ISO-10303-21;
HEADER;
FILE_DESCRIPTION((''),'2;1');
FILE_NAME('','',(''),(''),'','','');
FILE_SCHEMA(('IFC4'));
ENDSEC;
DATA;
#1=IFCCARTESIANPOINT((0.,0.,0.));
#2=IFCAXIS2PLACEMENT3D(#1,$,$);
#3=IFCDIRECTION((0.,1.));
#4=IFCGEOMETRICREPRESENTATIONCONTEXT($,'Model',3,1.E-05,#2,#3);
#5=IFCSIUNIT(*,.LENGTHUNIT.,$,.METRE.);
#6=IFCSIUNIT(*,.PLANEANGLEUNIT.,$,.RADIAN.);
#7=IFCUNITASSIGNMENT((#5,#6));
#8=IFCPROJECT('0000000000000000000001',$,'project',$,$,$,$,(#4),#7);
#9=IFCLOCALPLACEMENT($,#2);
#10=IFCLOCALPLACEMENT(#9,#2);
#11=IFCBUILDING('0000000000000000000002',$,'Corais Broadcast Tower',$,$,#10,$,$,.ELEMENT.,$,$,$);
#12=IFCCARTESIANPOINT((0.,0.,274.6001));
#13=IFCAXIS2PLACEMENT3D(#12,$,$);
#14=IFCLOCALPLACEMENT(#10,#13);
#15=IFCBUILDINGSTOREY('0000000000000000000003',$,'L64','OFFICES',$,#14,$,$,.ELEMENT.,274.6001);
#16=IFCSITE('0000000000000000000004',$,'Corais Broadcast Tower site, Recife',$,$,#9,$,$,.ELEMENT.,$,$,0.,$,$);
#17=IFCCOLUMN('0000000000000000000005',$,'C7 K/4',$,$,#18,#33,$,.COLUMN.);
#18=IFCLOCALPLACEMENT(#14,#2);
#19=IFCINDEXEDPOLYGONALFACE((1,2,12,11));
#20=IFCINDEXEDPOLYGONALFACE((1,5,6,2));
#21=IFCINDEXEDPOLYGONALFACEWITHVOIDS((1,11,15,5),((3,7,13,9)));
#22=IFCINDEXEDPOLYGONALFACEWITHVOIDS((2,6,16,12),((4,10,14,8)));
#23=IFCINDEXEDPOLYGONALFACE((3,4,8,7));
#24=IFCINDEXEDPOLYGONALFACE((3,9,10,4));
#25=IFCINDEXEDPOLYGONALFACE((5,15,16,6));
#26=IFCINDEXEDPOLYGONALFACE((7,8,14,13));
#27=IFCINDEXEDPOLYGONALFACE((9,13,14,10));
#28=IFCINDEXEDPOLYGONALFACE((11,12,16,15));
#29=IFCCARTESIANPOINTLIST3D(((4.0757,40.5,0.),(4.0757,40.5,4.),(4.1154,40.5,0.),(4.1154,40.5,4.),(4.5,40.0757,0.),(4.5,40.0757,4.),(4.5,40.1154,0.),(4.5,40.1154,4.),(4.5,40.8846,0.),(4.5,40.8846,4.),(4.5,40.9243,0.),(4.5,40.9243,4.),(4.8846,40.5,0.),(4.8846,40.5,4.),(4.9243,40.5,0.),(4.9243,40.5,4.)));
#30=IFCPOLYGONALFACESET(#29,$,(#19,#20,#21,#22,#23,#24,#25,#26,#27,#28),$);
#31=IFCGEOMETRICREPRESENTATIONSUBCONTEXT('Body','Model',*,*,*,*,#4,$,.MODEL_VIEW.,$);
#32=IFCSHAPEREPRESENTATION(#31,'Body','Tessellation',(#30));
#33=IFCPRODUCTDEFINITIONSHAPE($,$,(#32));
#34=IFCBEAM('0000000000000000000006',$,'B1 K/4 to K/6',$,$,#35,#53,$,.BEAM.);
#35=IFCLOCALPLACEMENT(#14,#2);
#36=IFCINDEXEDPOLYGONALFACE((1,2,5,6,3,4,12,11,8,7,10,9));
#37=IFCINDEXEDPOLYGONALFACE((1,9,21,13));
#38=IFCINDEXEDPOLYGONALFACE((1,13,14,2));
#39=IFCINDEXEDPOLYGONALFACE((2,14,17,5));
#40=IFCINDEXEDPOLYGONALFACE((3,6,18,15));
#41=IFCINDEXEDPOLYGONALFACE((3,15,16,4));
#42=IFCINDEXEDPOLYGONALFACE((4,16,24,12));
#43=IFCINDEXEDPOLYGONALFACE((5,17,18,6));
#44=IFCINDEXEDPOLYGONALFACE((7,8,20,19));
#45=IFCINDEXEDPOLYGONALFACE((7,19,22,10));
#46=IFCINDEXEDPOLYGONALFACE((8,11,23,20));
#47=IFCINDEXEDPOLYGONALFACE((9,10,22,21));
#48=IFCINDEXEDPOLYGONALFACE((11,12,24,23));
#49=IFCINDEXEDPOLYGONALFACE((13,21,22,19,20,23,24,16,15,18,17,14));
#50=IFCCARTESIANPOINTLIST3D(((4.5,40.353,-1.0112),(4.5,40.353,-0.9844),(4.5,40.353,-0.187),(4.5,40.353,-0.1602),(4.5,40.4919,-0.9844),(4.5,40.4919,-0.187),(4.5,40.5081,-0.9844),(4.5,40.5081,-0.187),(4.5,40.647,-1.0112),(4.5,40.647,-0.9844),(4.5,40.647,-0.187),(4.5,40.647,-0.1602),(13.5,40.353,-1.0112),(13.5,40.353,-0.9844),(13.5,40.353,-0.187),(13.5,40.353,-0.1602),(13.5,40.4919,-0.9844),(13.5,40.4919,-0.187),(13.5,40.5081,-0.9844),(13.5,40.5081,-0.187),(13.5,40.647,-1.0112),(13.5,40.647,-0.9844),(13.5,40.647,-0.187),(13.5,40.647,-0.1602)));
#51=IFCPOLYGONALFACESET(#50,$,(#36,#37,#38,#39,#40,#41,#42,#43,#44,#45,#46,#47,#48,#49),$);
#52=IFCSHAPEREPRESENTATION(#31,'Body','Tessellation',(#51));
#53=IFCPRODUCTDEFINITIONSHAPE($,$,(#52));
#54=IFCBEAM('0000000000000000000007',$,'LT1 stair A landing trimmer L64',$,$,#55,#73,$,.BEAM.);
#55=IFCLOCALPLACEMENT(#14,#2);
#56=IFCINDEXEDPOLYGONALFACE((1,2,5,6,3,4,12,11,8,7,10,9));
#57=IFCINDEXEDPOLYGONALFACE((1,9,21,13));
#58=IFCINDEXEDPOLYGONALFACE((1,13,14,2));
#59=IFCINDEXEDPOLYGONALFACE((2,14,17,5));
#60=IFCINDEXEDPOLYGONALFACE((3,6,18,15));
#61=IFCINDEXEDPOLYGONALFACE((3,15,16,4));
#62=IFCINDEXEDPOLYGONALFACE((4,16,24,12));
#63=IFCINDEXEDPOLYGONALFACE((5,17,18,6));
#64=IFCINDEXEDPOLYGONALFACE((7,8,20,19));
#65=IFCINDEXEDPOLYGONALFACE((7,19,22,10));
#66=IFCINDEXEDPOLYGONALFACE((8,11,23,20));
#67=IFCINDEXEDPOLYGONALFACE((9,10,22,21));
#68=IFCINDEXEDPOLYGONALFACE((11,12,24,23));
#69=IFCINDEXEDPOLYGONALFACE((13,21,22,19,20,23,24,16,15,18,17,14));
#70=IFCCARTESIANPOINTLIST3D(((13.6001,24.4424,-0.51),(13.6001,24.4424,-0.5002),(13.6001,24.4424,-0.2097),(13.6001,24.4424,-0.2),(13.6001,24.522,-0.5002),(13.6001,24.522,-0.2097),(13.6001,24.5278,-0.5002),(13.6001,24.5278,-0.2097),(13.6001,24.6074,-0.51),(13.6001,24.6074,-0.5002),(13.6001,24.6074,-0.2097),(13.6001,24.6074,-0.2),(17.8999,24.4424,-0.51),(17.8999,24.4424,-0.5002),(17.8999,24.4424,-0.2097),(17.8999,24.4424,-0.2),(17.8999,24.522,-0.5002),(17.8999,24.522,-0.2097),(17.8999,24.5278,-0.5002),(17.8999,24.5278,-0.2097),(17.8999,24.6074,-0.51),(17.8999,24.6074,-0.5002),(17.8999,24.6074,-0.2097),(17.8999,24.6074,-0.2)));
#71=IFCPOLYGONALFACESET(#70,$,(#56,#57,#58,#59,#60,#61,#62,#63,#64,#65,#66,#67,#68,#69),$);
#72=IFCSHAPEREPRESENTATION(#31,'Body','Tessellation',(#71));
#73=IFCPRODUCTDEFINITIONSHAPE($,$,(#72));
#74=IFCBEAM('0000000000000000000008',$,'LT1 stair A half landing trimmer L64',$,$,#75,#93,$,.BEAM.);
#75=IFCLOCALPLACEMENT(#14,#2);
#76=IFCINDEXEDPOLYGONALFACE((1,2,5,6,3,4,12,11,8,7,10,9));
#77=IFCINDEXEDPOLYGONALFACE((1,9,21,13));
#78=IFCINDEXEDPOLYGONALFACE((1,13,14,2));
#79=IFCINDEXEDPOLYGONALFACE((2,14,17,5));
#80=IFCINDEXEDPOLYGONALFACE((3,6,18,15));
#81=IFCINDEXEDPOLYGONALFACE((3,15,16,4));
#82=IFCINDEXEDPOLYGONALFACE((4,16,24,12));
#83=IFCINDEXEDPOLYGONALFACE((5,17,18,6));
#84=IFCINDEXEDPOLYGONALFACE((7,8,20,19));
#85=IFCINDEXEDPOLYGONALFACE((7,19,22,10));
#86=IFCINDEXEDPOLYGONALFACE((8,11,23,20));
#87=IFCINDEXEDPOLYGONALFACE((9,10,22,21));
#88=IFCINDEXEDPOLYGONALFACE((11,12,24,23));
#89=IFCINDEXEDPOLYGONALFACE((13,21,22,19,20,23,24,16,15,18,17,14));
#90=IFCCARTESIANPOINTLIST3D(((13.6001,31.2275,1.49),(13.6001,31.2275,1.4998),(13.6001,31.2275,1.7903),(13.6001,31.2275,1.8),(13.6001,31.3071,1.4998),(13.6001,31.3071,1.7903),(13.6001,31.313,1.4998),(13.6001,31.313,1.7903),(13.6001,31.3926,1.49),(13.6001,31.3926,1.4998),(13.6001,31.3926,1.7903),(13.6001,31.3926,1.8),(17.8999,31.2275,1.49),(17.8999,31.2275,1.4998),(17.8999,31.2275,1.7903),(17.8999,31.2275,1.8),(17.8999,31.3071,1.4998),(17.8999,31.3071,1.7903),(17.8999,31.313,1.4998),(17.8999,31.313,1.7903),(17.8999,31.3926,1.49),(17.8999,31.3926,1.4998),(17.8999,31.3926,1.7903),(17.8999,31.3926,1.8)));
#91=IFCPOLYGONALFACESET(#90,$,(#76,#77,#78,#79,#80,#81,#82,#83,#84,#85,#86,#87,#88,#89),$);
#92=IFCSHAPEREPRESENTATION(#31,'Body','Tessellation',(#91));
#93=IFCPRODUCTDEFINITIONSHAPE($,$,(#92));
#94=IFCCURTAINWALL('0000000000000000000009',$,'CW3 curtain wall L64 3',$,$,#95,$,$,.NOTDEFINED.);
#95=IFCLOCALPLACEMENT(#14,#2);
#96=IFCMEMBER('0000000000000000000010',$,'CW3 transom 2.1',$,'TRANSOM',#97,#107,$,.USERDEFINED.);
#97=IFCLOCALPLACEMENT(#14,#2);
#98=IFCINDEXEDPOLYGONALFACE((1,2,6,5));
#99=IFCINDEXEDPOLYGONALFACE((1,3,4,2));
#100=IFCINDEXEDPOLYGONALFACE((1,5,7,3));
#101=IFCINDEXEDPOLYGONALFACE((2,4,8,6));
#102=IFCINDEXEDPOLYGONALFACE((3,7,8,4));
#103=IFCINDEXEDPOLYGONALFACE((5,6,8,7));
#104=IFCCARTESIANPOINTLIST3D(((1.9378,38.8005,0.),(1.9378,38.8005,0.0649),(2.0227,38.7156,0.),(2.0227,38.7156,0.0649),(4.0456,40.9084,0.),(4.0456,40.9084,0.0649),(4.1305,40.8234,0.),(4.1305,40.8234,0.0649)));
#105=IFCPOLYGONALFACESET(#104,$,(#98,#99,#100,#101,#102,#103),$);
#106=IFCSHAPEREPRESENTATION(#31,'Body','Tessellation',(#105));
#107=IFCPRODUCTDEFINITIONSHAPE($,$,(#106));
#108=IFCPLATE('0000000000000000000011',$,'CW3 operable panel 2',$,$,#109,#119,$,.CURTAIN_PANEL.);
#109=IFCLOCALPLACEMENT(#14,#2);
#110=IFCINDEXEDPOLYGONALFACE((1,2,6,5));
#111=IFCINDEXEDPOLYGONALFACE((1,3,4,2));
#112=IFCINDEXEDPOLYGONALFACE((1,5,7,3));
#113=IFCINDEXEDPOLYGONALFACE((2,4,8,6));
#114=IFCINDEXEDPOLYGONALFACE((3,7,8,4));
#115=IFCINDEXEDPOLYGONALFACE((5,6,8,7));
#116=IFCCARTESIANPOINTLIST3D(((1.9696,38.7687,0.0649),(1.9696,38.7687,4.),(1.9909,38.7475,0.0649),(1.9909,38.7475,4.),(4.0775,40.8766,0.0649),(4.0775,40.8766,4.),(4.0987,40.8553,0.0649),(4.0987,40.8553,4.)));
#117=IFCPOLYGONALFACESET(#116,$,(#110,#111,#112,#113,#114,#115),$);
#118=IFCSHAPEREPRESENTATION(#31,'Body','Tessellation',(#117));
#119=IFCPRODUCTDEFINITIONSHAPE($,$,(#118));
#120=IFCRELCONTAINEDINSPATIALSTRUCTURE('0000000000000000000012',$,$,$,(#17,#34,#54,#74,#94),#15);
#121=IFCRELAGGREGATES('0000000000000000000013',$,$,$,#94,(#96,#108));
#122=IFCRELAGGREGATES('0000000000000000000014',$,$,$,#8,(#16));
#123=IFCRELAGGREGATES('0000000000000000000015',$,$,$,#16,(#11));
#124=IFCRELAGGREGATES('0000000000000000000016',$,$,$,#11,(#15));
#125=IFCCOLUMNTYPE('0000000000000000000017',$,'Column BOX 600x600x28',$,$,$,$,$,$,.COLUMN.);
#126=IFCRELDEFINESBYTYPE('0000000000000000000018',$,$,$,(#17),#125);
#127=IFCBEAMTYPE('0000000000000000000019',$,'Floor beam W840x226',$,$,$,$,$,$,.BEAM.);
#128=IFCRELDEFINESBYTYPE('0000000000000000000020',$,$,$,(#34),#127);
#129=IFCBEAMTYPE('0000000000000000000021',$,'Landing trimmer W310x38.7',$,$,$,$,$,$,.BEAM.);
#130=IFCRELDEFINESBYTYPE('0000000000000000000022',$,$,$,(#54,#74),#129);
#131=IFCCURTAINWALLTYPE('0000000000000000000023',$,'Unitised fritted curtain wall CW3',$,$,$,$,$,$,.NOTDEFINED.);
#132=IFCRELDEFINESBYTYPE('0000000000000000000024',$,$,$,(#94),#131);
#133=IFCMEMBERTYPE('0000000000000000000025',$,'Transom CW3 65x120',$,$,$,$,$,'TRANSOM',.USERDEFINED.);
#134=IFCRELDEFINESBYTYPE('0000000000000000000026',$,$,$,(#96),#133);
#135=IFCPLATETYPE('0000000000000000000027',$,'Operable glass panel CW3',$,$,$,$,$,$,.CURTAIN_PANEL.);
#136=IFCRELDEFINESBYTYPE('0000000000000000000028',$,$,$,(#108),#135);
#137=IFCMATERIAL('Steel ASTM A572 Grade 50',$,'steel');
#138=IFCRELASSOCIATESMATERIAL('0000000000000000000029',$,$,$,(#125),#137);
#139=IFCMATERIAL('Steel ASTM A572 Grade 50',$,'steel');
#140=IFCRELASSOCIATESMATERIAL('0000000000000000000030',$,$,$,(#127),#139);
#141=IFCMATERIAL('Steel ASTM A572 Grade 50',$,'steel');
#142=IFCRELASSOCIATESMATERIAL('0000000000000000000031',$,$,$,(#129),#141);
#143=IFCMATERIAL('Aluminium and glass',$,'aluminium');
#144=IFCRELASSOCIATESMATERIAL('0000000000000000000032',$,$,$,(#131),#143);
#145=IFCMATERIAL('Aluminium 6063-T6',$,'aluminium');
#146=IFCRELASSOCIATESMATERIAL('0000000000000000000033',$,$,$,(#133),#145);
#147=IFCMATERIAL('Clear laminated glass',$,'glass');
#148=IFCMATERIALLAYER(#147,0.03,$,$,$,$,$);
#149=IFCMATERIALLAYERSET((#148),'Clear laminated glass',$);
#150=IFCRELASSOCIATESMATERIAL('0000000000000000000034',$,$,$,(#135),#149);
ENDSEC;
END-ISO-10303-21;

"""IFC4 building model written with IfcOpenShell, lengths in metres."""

from ifc_helpers import new_model, si_unit, direction, frame, origin, origin_2d, place, context, subcontext, project, spatial, rectangle, hollow_rectangle, i_section, extrude, material, layer, layer_set, material_profile, profile_set, type_object, element, aggregate, save


model = new_model("IFC4")

# Units and contexts
model_context = context("Model", 3, precision=1e-05, world=origin(), true_north=direction((0.0, 1.0)))
body_context = subcontext(model_context, "Body", "Model", "MODEL_VIEW")
ifc_project = project(units=[si_unit("LENGTHUNIT", "METRE"), si_unit("PLANEANGLEUNIT", "RADIAN")], contexts=[model_context])

# Site, building, storey
site_placement = place(None, origin())
site = spatial("IfcSite", under=ifc_project, at=site_placement, Name="Corais Broadcast Tower site, Recife", CompositionType="ELEMENT", RefElevation=0.0)
building_placement = place(site_placement, origin())
building = spatial("IfcBuilding", under=site, at=building_placement, Name="Corais Broadcast Tower", CompositionType="ELEMENT")
storey_placement = place(building_placement, frame((0.0, 0.0, 274.6001)))
storey = spatial("IfcBuildingStorey", under=building, at=storey_placement, Name="L64", Description="OFFICES", CompositionType="ELEMENT", Elevation=274.6001)

# Column
ifc_material_1 = material(Name="Steel ASTM A572 Grade 50", Category="steel")
ifc_material_profile_1 = material_profile(ifc_material_1, hollow_rectangle(XDim=0.6001, YDim=0.6001, WallThickness=0.0281, at=origin_2d()), Name="BOX 600x600x28")
ifc_profile_set_1 = profile_set([ifc_material_profile_1], Name="Steel ASTM A572 Grade 50")
column_type = type_object("IfcColumnType", Name="Column BOX 600x600x28", PredefinedType="COLUMN", material=ifc_profile_set_1)
column_placement = place(storey_placement, frame((4.5, 40.5, 0.0), z_axis=(0.0, 0.0, 1.0), x_axis=(0.707107, 0.707107, 0.0)))
element("IfcColumn", 1, at=column_placement, inside=storey, type_object=column_type, Name="C7 K/4", PredefinedType="COLUMN", context=body_context, shape_type="SweptSolid", body=[
    extrude(hollow_rectangle(XDim=0.6001, YDim=0.6001, WallThickness=0.0281, at=origin_2d()), origin(), (0.0, 0.0, 1.0), 4.0),
])

# Beams
ifc_material_2 = material(Name="Steel ASTM A572 Grade 50", Category="steel")
ifc_material_profile_2 = material_profile(ifc_material_2, i_section(OverallWidth=0.2939, OverallDepth=0.8511, WebThickness=0.0161, FlangeThickness=0.0269, at=origin_2d()), Name="W840x226")
ifc_profile_set_2 = profile_set([ifc_material_profile_2], Name="Steel ASTM A572 Grade 50")
beam_type_1 = type_object("IfcBeamType", Name="Floor beam W840x226", PredefinedType="BEAM", material=ifc_profile_set_2)
beam_placement = place(storey_placement, frame((4.5, 40.5, -0.5857), z_axis=(1.0, 0.0, 0.0), x_axis=(0.0, 1.0, 0.0)))
element("IfcBeam", 2, at=beam_placement, inside=storey, type_object=beam_type_1, Name="B1 K/4 to K/6", PredefinedType="BEAM", context=body_context, shape_type="SweptSolid", body=[
    extrude(i_section(OverallWidth=0.2939, OverallDepth=0.8511, WebThickness=0.0161, FlangeThickness=0.0269, at=origin_2d()), origin(), (0.0, 0.0, 1.0), 9.0),
])
ifc_material_3 = material(Name="Steel ASTM A572 Grade 50", Category="steel")
ifc_material_profile_3 = material_profile(ifc_material_3, i_section(OverallWidth=0.165, OverallDepth=0.3101, WebThickness=0.0059, FlangeThickness=0.0098, at=origin_2d()), Name="W310x38.7")
ifc_profile_set_3 = profile_set([ifc_material_profile_3], Name="Steel ASTM A572 Grade 50")
beam_type_2 = type_object("IfcBeamType", Name="Landing trimmer W310x38.7", PredefinedType="BEAM", material=ifc_profile_set_3)
for number, where, z_axis, x_axis, name in (
    (3, (13.6001, 24.5249, -0.355), (1.0, 0.0, 0.0), (0.0, 1.0, 0.0), "LT1 stair A landing trimmer L64"),
    (4, (13.6001, 31.3101, 1.645), (1.0, 0.0, 0.0), (0.0, 1.0, 0.0), "LT1 stair A half landing trimmer L64"),
):
    element("IfcBeam", number, at=place(storey_placement, frame(where, z_axis=z_axis, x_axis=x_axis)), inside=storey, type_object=beam_type_2, Name=name, PredefinedType="BEAM", context=body_context, shape_type="SweptSolid", body=[
        extrude(i_section(OverallWidth=0.165, OverallDepth=0.3101, WebThickness=0.0059, FlangeThickness=0.0098, at=origin_2d()), origin(), (0.0, 0.0, 1.0), 4.2998),
    ])

# Curtain wall, member, plate
ifc_material_4 = material(Name="Aluminium and glass", Category="aluminium")
curtain_wall_type = type_object("IfcCurtainWallType", Name="Unitised fritted curtain wall CW3", PredefinedType="NOTDEFINED", material=ifc_material_4)
curtain_wall_placement = place(storey_placement, origin())
curtain_wall = element("IfcCurtainWall", 5, at=curtain_wall_placement, inside=storey, type_object=curtain_wall_type, Name="CW3 curtain wall L64 3", PredefinedType="NOTDEFINED")
ifc_material_5 = material(Name="Aluminium 6063-T6", Category="aluminium")
ifc_material_profile_4 = material_profile(ifc_material_5, rectangle(XDim=0.1201, YDim=0.0649, at=origin_2d()), Name="Transom CW3 65x120")
ifc_profile_set_4 = profile_set([ifc_material_profile_4], Name="Aluminium 6063-T6")
member_type = type_object("IfcMemberType", Name="Transom CW3 65x120", ElementType="TRANSOM", PredefinedType="USERDEFINED", material=ifc_profile_set_4)
member_placement = place(storey_placement, frame((1.9802, 38.7581, 0.0325), z_axis=(0.707107, 0.707107, 0.0), x_axis=(-0.707107, 0.707107, 0.0)))
member = element("IfcMember", 6, at=member_placement, type_object=member_type, Name="CW3 transom 2.1", ObjectType="TRANSOM", PredefinedType="USERDEFINED", context=body_context, shape_type="SweptSolid", body=[
    extrude(rectangle(XDim=0.1201, YDim=0.0649, at=origin_2d()), origin(), (0.0, 0.0, 1.0), 2.981),
])
ifc_material_6 = material(Name="Clear laminated glass", Category="glass")
ifc_layer_1 = layer(ifc_material_6, 0.03)
ifc_layer_set_1 = layer_set([ifc_layer_1], Name="Clear laminated glass")
plate_type = type_object("IfcPlateType", Name="Operable glass panel CW3", PredefinedType="CURTAIN_PANEL", material=ifc_layer_set_1)
plate_placement = place(storey_placement, frame((3.0342, 39.812, 0.0649), z_axis=(0.0, 0.0, 1.0), x_axis=(0.707107, 0.707107, 0.0)))
plate = element("IfcPlate", 7, at=plate_placement, type_object=plate_type, Name="CW3 operable panel 2", PredefinedType="CURTAIN_PANEL", context=body_context, shape_type="SweptSolid", body=[
    extrude(rectangle(XDim=2.981, YDim=0.03, at=origin_2d()), origin(), (0.0, 0.0, 1.0), 3.9351),
])
aggregate(curtain_wall, [member, plate])

save(model, "model.ifc")
